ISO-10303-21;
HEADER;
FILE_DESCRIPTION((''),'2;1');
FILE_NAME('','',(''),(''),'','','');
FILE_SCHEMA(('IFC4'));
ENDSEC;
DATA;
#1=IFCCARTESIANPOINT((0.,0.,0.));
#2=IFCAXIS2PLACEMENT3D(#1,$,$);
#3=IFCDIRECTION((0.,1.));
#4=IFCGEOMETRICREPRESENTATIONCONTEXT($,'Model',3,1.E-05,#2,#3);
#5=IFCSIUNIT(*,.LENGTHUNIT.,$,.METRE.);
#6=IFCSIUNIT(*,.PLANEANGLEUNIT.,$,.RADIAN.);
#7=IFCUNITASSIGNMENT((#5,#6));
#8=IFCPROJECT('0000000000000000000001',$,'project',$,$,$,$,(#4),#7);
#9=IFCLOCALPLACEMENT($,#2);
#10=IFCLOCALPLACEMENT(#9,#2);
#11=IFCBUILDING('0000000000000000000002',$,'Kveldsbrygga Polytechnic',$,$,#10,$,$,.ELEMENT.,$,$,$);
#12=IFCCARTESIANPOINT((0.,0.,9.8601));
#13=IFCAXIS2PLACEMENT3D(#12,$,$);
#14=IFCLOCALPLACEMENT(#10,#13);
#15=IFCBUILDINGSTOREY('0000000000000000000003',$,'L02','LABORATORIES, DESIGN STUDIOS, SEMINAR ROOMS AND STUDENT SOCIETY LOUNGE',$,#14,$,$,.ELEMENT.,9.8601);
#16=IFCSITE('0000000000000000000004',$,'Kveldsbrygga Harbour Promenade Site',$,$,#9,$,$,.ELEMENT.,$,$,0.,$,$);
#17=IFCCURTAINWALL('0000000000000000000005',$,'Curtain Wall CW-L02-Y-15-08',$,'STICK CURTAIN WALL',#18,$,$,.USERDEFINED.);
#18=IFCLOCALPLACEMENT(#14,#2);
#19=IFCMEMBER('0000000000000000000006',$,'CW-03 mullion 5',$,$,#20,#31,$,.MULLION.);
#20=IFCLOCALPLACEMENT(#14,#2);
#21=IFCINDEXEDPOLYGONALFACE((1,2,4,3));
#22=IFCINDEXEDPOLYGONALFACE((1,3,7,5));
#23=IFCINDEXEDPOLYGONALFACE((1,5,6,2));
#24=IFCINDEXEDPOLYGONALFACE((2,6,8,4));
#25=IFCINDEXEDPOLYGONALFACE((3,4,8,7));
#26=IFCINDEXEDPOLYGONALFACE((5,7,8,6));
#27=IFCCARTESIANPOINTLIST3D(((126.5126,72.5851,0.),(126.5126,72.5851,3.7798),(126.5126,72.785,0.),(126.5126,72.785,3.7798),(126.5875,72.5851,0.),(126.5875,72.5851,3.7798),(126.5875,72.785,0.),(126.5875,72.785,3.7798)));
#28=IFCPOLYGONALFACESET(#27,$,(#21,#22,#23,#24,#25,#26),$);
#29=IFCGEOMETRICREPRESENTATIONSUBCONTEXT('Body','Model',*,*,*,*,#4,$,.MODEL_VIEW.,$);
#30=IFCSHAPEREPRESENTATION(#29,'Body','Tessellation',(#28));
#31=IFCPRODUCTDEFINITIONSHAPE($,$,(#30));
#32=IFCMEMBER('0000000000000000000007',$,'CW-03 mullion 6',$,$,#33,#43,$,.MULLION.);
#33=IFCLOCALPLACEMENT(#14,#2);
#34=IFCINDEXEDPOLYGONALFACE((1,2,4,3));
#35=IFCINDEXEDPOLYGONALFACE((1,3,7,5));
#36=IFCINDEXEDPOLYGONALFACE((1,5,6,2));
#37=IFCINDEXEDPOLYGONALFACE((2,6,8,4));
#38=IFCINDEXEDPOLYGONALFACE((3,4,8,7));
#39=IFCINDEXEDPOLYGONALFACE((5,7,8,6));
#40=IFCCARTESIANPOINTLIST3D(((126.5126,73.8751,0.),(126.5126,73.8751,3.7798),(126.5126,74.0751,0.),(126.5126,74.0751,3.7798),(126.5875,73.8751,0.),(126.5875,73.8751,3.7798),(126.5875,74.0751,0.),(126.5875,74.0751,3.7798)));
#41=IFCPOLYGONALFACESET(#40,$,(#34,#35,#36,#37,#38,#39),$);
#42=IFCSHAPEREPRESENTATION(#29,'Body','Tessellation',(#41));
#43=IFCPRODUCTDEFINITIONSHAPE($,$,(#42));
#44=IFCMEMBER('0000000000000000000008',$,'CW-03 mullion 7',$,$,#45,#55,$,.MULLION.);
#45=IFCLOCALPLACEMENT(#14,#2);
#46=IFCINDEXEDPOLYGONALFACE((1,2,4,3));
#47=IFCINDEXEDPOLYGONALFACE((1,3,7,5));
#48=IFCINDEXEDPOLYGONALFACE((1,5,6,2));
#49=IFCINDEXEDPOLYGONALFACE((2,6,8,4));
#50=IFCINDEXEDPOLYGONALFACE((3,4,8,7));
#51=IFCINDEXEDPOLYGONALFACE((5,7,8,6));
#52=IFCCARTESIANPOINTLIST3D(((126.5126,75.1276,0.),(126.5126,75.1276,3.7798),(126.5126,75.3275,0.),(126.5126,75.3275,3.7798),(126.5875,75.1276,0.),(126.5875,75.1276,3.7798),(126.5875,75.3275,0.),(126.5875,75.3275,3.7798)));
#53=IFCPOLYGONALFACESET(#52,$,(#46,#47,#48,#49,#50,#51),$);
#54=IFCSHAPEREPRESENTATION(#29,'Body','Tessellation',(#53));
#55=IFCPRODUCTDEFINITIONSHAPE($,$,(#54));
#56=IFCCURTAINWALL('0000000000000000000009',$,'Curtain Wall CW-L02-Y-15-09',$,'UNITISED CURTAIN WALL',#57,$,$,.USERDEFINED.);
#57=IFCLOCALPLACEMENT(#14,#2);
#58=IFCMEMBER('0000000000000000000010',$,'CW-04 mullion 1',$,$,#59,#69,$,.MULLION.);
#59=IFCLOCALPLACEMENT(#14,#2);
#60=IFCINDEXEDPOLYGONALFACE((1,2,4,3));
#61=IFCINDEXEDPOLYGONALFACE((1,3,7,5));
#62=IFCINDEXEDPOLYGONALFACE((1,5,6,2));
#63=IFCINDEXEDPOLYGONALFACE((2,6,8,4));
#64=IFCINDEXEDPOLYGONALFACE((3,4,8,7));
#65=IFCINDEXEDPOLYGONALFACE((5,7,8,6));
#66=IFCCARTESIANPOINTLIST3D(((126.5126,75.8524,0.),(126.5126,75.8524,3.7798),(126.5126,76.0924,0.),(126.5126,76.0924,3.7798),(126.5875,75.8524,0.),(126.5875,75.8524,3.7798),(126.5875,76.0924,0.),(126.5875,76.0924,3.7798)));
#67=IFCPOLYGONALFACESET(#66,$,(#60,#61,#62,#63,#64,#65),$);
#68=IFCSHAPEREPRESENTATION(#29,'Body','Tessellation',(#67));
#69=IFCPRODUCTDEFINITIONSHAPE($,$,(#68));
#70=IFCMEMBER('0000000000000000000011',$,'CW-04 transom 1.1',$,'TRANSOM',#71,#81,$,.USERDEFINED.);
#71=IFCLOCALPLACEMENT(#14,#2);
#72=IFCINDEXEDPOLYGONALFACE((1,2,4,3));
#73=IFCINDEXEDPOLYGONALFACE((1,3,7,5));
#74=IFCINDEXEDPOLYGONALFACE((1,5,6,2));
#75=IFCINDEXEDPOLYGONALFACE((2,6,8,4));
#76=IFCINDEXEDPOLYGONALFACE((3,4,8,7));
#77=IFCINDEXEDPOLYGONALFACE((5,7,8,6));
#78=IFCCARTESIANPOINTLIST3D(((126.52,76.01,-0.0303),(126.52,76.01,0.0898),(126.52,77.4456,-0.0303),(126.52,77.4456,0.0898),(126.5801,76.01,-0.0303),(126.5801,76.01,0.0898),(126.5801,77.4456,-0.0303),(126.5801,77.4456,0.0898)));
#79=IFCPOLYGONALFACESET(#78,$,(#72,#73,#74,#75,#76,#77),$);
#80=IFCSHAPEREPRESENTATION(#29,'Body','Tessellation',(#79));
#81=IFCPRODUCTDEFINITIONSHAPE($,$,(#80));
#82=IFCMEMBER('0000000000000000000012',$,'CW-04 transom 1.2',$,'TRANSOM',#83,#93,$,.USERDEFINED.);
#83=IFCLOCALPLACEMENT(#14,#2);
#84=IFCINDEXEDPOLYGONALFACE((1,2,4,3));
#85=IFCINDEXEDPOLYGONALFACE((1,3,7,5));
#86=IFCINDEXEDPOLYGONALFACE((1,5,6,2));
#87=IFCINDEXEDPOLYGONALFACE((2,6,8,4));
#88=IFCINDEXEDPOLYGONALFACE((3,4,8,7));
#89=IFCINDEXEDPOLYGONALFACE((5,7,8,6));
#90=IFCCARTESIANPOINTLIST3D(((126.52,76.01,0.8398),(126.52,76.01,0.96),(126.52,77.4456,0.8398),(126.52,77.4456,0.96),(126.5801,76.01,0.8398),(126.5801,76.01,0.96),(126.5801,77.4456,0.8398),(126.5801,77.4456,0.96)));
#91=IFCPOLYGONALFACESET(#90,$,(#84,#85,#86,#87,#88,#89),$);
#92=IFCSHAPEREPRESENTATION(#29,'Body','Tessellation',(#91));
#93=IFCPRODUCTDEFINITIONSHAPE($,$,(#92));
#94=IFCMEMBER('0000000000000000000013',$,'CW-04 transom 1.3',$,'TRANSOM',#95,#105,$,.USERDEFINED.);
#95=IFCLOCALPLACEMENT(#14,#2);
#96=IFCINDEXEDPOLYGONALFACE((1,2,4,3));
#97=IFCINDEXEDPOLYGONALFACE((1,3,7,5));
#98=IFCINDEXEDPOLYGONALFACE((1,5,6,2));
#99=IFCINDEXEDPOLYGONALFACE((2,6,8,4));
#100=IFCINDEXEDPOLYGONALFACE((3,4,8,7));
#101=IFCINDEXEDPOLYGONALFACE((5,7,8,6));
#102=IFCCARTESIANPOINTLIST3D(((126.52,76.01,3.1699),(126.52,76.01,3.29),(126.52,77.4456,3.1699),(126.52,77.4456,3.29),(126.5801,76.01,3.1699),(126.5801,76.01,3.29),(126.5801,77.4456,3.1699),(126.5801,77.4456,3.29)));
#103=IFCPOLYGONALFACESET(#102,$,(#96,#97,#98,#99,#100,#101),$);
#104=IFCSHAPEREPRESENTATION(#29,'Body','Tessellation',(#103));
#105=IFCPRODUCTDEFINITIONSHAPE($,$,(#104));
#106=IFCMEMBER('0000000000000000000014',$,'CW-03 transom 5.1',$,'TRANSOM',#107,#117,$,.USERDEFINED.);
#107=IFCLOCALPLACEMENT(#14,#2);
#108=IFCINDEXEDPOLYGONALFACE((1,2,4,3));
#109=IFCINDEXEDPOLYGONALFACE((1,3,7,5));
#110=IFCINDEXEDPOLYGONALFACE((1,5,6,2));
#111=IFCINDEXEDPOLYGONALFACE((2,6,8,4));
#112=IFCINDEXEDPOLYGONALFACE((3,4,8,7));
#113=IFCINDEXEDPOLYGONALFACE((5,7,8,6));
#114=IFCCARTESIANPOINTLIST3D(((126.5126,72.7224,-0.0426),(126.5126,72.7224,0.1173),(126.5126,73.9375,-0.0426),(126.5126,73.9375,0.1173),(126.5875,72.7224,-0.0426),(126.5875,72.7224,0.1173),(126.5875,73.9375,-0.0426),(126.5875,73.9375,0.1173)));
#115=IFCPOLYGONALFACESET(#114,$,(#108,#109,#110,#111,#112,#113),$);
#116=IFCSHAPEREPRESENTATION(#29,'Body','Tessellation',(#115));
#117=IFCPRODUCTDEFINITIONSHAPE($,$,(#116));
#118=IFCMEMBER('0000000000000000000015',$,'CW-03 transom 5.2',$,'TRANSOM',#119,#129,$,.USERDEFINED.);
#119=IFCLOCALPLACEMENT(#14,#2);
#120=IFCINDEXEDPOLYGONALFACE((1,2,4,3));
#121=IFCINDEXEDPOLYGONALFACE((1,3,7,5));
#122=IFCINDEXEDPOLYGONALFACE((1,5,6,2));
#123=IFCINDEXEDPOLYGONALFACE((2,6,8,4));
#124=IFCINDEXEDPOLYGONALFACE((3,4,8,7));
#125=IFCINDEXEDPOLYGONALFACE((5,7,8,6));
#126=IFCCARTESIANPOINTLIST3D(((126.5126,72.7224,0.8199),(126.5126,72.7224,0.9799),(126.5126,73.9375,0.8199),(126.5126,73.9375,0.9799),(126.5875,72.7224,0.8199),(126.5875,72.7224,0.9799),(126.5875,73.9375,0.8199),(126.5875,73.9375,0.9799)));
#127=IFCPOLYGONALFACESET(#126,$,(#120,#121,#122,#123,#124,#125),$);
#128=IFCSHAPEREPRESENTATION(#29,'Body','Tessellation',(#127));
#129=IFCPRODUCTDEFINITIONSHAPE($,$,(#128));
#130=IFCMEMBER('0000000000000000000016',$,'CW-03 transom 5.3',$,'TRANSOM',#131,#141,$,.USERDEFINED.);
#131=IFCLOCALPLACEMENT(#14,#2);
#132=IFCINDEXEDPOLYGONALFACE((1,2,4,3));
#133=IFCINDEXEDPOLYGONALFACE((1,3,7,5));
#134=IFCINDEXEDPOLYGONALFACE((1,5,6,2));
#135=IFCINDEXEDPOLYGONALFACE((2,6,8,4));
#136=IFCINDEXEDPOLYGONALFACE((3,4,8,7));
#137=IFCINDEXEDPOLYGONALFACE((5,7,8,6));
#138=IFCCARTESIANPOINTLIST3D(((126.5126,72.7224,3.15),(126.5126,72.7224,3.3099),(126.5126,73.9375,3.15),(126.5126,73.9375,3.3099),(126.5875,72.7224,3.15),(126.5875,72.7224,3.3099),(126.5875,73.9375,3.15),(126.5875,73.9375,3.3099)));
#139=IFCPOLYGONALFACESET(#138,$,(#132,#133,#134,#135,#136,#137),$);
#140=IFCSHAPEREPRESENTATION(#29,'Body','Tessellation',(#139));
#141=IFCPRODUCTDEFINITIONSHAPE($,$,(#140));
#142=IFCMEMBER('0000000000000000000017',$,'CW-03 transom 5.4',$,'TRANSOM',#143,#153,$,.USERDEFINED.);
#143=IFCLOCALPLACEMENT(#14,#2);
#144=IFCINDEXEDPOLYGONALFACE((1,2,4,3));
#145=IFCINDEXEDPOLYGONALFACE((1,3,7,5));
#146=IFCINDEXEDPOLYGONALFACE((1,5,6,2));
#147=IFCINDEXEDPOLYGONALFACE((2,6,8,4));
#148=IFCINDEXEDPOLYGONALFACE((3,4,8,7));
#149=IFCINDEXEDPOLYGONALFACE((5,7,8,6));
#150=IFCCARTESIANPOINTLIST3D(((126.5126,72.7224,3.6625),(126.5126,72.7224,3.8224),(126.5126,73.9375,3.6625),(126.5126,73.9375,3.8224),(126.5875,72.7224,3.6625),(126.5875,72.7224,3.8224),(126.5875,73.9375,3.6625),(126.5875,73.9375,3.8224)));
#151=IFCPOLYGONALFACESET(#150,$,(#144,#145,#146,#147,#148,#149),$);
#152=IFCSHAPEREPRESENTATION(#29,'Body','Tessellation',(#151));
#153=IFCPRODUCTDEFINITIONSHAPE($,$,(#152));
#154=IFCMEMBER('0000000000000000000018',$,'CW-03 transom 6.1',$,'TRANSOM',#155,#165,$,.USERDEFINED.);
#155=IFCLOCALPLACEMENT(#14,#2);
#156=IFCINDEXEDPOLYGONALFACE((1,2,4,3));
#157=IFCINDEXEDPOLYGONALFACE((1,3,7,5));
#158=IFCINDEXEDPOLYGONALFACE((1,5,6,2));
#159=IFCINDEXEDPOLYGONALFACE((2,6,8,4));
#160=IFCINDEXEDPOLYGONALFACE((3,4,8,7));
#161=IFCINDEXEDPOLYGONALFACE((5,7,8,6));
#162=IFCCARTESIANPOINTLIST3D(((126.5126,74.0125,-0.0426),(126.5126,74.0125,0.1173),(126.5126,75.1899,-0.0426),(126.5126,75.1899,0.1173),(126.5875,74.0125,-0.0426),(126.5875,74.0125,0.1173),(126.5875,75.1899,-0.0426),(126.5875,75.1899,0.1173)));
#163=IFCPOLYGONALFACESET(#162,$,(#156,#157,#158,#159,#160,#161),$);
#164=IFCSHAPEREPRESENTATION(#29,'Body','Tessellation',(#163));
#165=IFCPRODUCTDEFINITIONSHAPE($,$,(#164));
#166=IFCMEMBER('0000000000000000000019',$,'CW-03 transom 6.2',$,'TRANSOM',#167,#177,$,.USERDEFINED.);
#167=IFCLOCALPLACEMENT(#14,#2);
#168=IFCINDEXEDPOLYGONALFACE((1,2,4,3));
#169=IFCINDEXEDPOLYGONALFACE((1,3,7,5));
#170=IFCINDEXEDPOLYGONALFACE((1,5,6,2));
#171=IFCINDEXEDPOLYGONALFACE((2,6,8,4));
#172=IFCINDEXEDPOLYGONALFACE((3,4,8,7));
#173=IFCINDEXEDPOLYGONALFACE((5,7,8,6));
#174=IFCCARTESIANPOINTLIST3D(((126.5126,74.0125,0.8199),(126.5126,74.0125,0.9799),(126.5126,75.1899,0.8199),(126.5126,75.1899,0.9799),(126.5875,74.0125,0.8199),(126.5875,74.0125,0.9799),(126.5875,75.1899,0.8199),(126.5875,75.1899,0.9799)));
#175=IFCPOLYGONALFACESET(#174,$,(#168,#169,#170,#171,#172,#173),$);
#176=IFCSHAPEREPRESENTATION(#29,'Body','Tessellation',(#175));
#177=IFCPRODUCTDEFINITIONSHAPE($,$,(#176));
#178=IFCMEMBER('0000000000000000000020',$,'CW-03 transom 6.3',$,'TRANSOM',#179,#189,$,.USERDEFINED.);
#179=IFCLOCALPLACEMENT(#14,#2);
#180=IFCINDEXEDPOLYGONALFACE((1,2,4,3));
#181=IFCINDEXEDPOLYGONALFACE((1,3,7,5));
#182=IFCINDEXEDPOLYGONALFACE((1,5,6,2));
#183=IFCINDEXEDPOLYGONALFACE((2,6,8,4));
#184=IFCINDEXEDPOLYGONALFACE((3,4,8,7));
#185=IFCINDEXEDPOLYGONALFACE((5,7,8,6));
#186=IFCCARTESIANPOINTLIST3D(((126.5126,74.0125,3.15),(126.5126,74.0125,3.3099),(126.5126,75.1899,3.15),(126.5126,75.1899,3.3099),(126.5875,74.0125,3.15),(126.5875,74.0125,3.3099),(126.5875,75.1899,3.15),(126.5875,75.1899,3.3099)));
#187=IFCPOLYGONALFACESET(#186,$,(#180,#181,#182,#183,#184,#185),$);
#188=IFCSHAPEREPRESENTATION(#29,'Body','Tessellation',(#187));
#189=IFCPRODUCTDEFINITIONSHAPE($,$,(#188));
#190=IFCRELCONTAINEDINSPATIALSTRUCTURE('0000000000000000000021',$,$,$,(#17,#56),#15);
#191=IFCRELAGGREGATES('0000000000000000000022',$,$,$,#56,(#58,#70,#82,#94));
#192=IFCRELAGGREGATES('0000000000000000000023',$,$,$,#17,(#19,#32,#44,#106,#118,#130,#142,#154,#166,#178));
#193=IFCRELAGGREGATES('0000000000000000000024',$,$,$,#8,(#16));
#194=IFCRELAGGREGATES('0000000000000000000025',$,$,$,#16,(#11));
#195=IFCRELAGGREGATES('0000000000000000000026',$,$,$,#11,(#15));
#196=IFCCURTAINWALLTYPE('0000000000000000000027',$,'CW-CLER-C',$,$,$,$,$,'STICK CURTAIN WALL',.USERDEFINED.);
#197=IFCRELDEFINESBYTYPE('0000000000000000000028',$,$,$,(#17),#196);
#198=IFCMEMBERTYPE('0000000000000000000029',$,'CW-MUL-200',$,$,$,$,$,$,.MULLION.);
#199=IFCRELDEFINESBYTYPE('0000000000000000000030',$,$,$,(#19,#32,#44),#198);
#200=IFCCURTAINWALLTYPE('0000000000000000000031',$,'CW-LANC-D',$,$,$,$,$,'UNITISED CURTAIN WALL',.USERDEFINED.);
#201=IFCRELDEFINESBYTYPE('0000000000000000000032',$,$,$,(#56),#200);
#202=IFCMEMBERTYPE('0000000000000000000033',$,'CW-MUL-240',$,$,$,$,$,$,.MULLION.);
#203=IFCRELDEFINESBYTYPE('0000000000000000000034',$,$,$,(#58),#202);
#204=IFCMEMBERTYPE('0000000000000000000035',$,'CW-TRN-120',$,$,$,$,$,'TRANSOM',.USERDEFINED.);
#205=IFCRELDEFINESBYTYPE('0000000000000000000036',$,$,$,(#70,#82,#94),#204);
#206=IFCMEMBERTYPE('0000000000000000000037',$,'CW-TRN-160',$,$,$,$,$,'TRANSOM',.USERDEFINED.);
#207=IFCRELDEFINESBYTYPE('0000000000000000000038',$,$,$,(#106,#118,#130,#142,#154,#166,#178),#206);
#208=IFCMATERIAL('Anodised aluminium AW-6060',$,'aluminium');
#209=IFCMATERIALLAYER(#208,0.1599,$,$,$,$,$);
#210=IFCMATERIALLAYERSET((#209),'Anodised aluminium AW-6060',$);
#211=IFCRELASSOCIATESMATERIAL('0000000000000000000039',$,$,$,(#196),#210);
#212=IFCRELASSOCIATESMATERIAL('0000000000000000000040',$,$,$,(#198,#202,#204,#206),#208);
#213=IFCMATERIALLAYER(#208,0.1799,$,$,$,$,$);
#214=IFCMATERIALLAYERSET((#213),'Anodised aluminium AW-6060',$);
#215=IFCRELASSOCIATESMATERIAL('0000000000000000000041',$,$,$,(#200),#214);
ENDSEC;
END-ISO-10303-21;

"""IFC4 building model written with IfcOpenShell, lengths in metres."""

from ifc_helpers import new_model, si_unit, direction, frame, origin, origin_2d, place, context, subcontext, project, spatial, rectangle, extrude, material, layer, layer_set, material_profile, profile_set, type_object, element, aggregate, save


model = new_model("IFC4")

# Units and contexts
model_context = context("Model", 3, precision=1e-05, world=origin(), true_north=direction((0.0, 1.0)))
body_context = subcontext(model_context, "Body", "Model", "MODEL_VIEW")
ifc_project = project(units=[si_unit("LENGTHUNIT", "METRE"), si_unit("PLANEANGLEUNIT", "RADIAN")], contexts=[model_context])

# Site, building, storey
site_placement = place(None, origin())
site = spatial("IfcSite", under=ifc_project, at=site_placement, Name="Kveldsbrygga Harbour Promenade Site", CompositionType="ELEMENT", RefElevation=0.0)
building_placement = place(site_placement, origin())
building = spatial("IfcBuilding", under=site, at=building_placement, Name="Kveldsbrygga Polytechnic", CompositionType="ELEMENT")
storey_placement = place(building_placement, frame((0.0, 0.0, 9.8601)))
storey = spatial("IfcBuildingStorey", under=building, at=storey_placement, Name="L02", Description="LABORATORIES, DESIGN STUDIOS, SEMINAR ROOMS AND STUDENT SOCIETY LOUNGE", CompositionType="ELEMENT", Elevation=9.8601)

# Curtain walls, members
ifc_material_1 = material(Name="Anodised aluminium AW-6060", Category="aluminium")
ifc_layer_1 = layer(ifc_material_1, 0.1599)
ifc_layer_set_1 = layer_set([ifc_layer_1], Name="Anodised aluminium AW-6060")
curtain_wall_type_1 = type_object("IfcCurtainWallType", Name="CW-CLER-C", ElementType="STICK CURTAIN WALL", PredefinedType="USERDEFINED", material=ifc_layer_set_1)
curtain_wall_1_placement = place(storey_placement, origin())
curtain_wall_1 = element("IfcCurtainWall", 1, at=curtain_wall_1_placement, inside=storey, type_object=curtain_wall_type_1, Name="Curtain Wall CW-L02-Y-15-08", ObjectType="STICK CURTAIN WALL", PredefinedType="USERDEFINED")
ifc_material_profile_1 = material_profile(ifc_material_1, rectangle(XDim=0.075, YDim=0.2, at=origin_2d()), Name="ALU 75x200")
ifc_profile_set_1 = profile_set([ifc_material_profile_1], Name="Anodised aluminium AW-6060")
member_type_1 = type_object("IfcMemberType", Name="CW-MUL-200", PredefinedType="MULLION", material=ifc_profile_set_1)
member_1_placement = place(storey_placement, frame((126.55, 72.6851, 0.0), z_axis=(0.0, 0.0, 1.0), x_axis=(-1.0, 0.0, 0.0)))
member_1 = element("IfcMember", 2, at=member_1_placement, type_object=member_type_1, Name="CW-03 mullion 5", PredefinedType="MULLION", context=body_context, shape_type="SweptSolid", body=[
    extrude(rectangle(XDim=0.075, YDim=0.2, at=origin_2d()), origin(), (0.0, 0.0, 1.0), 3.7798),
])
member_2_placement = place(storey_placement, frame((126.55, 73.9751, 0.0), z_axis=(0.0, 0.0, 1.0), x_axis=(-1.0, 0.0, 0.0)))
member_2 = element("IfcMember", 3, at=member_2_placement, type_object=member_type_1, Name="CW-03 mullion 6", PredefinedType="MULLION", context=body_context, shape_type="SweptSolid", body=[
    extrude(rectangle(XDim=0.075, YDim=0.2, at=origin_2d()), origin(), (0.0, 0.0, 1.0), 3.7798),
])
member_3_placement = place(storey_placement, frame((126.55, 75.2275, 0.0), z_axis=(0.0, 0.0, 1.0), x_axis=(-1.0, 0.0, 0.0)))
member_3 = element("IfcMember", 4, at=member_3_placement, type_object=member_type_1, Name="CW-03 mullion 7", PredefinedType="MULLION", context=body_context, shape_type="SweptSolid", body=[
    extrude(rectangle(XDim=0.075, YDim=0.2, at=origin_2d()), origin(), (0.0, 0.0, 1.0), 3.7798),
])
ifc_layer_2 = layer(ifc_material_1, 0.1799)
ifc_layer_set_2 = layer_set([ifc_layer_2], Name="Anodised aluminium AW-6060")
curtain_wall_type_2 = type_object("IfcCurtainWallType", Name="CW-LANC-D", ElementType="UNITISED CURTAIN WALL", PredefinedType="USERDEFINED", material=ifc_layer_set_2)
curtain_wall_2_placement = place(storey_placement, origin())
curtain_wall_2 = element("IfcCurtainWall", 5, at=curtain_wall_2_placement, inside=storey, type_object=curtain_wall_type_2, Name="Curtain Wall CW-L02-Y-15-09", ObjectType="UNITISED CURTAIN WALL", PredefinedType="USERDEFINED")
ifc_material_profile_2 = material_profile(ifc_material_1, rectangle(XDim=0.075, YDim=0.24, at=origin_2d()), Name="ALU 75x240")
ifc_profile_set_2 = profile_set([ifc_material_profile_2], Name="Anodised aluminium AW-6060")
member_type_2 = type_object("IfcMemberType", Name="CW-MUL-240", PredefinedType="MULLION", material=ifc_profile_set_2)
member_4_placement = place(storey_placement, frame((126.55, 75.9724, 0.0), z_axis=(0.0, 0.0, 1.0), x_axis=(-1.0, 0.0, 0.0)))
member_4 = element("IfcMember", 6, at=member_4_placement, type_object=member_type_2, Name="CW-04 mullion 1", PredefinedType="MULLION", context=body_context, shape_type="SweptSolid", body=[
    extrude(rectangle(XDim=0.075, YDim=0.24, at=origin_2d()), origin(), (0.0, 0.0, 1.0), 3.7798),
])
ifc_material_profile_3 = material_profile(ifc_material_1, rectangle(XDim=0.0601, YDim=0.1201, at=origin_2d()), Name="ALU 60x120")
ifc_profile_set_3 = profile_set([ifc_material_profile_3], Name="Anodised aluminium AW-6060")
member_type_3 = type_object("IfcMemberType", Name="CW-TRN-120", ElementType="TRANSOM", PredefinedType="USERDEFINED", material=ifc_profile_set_3)
member_5_placement = place(storey_placement, frame((126.55, 76.01, 0.0298), z_axis=(0.0, 1.0, 0.0), x_axis=(-1.0, 0.0, 0.0)))
member_5 = element("IfcMember", 7, at=member_5_placement, type_object=member_type_3, Name="CW-04 transom 1.1", ObjectType="TRANSOM", PredefinedType="USERDEFINED", context=body_context, shape_type="SweptSolid", body=[
    extrude(rectangle(XDim=0.0601, YDim=0.1201, at=origin_2d()), origin(), (0.0, 0.0, 1.0), 1.4355),
])
member_6_placement = place(storey_placement, frame((126.55, 76.01, 0.8999), z_axis=(0.0, 1.0, 0.0), x_axis=(-1.0, 0.0, 0.0)))
member_6 = element("IfcMember", 8, at=member_6_placement, type_object=member_type_3, Name="CW-04 transom 1.2", ObjectType="TRANSOM", PredefinedType="USERDEFINED", context=body_context, shape_type="SweptSolid", body=[
    extrude(rectangle(XDim=0.0601, YDim=0.1201, at=origin_2d()), origin(), (0.0, 0.0, 1.0), 1.4355),
])
member_7_placement = place(storey_placement, frame((126.55, 76.01, 3.23), z_axis=(0.0, 1.0, 0.0), x_axis=(-1.0, 0.0, 0.0)))
member_7 = element("IfcMember", 9, at=member_7_placement, type_object=member_type_3, Name="CW-04 transom 1.3", ObjectType="TRANSOM", PredefinedType="USERDEFINED", context=body_context, shape_type="SweptSolid", body=[
    extrude(rectangle(XDim=0.0601, YDim=0.1201, at=origin_2d()), origin(), (0.0, 0.0, 1.0), 1.4355),
])
aggregate(curtain_wall_2, [member_4, member_5, member_6, member_7])

# Members
ifc_material_profile_4 = material_profile(ifc_material_1, rectangle(XDim=0.075, YDim=0.1599, at=origin_2d()), Name="ALU 75x160")
ifc_profile_set_4 = profile_set([ifc_material_profile_4], Name="Anodised aluminium AW-6060")
member_type_4 = type_object("IfcMemberType", Name="CW-TRN-160", ElementType="TRANSOM", PredefinedType="USERDEFINED", material=ifc_profile_set_4)
member_8_placement = place(storey_placement, frame((126.55, 72.7224, 0.0374), z_axis=(0.0, 1.0, 0.0), x_axis=(-1.0, 0.0, 0.0)))
member_8 = element("IfcMember", 10, at=member_8_placement, type_object=member_type_4, Name="CW-03 transom 5.1", ObjectType="TRANSOM", PredefinedType="USERDEFINED", context=body_context, shape_type="SweptSolid", body=[
    extrude(rectangle(XDim=0.075, YDim=0.1599, at=origin_2d()), origin(), (0.0, 0.0, 1.0), 1.2151),
])
member_9_placement = place(storey_placement, frame((126.55, 72.7224, 0.8999), z_axis=(0.0, 1.0, 0.0), x_axis=(-1.0, 0.0, 0.0)))
member_9 = element("IfcMember", 11, at=member_9_placement, type_object=member_type_4, Name="CW-03 transom 5.2", ObjectType="TRANSOM", PredefinedType="USERDEFINED", context=body_context, shape_type="SweptSolid", body=[
    extrude(rectangle(XDim=0.075, YDim=0.1599, at=origin_2d()), origin(), (0.0, 0.0, 1.0), 1.2151),
])
member_10_placement = place(storey_placement, frame((126.55, 72.7224, 3.23), z_axis=(0.0, 1.0, 0.0), x_axis=(-1.0, 0.0, 0.0)))
member_10 = element("IfcMember", 12, at=member_10_placement, type_object=member_type_4, Name="CW-03 transom 5.3", ObjectType="TRANSOM", PredefinedType="USERDEFINED", context=body_context, shape_type="SweptSolid", body=[
    extrude(rectangle(XDim=0.075, YDim=0.1599, at=origin_2d()), origin(), (0.0, 0.0, 1.0), 1.2151),
])
member_11_placement = place(storey_placement, frame((126.55, 72.7224, 3.7424), z_axis=(0.0, 1.0, 0.0), x_axis=(-1.0, 0.0, 0.0)))
member_11 = element("IfcMember", 13, at=member_11_placement, type_object=member_type_4, Name="CW-03 transom 5.4", ObjectType="TRANSOM", PredefinedType="USERDEFINED", context=body_context, shape_type="SweptSolid", body=[
    extrude(rectangle(XDim=0.075, YDim=0.1599, at=origin_2d()), origin(), (0.0, 0.0, 1.0), 1.2151),
])
member_12_placement = place(storey_placement, frame((126.55, 74.0125, 0.0374), z_axis=(0.0, 1.0, 0.0), x_axis=(-1.0, 0.0, 0.0)))
member_12 = element("IfcMember", 14, at=member_12_placement, type_object=member_type_4, Name="CW-03 transom 6.1", ObjectType="TRANSOM", PredefinedType="USERDEFINED", context=body_context, shape_type="SweptSolid", body=[
    extrude(rectangle(XDim=0.075, YDim=0.1599, at=origin_2d()), origin(), (0.0, 0.0, 1.0), 1.1775),
])
member_13_placement = place(storey_placement, frame((126.55, 74.0125, 0.8999), z_axis=(0.0, 1.0, 0.0), x_axis=(-1.0, 0.0, 0.0)))
member_13 = element("IfcMember", 15, at=member_13_placement, type_object=member_type_4, Name="CW-03 transom 6.2", ObjectType="TRANSOM", PredefinedType="USERDEFINED", context=body_context, shape_type="SweptSolid", body=[
    extrude(rectangle(XDim=0.075, YDim=0.1599, at=origin_2d()), origin(), (0.0, 0.0, 1.0), 1.1775),
])
member_14_placement = place(storey_placement, frame((126.55, 74.0125, 3.23), z_axis=(0.0, 1.0, 0.0), x_axis=(-1.0, 0.0, 0.0)))
member_14 = element("IfcMember", 16, at=member_14_placement, type_object=member_type_4, Name="CW-03 transom 6.3", ObjectType="TRANSOM", PredefinedType="USERDEFINED", context=body_context, shape_type="SweptSolid", body=[
    extrude(rectangle(XDim=0.075, YDim=0.1599, at=origin_2d()), origin(), (0.0, 0.0, 1.0), 1.1775),
])

aggregate(curtain_wall_1, [member_1, member_2, member_3, member_8, member_9, member_10, member_11, member_12, member_13, member_14])

save(model, "model.ifc")
